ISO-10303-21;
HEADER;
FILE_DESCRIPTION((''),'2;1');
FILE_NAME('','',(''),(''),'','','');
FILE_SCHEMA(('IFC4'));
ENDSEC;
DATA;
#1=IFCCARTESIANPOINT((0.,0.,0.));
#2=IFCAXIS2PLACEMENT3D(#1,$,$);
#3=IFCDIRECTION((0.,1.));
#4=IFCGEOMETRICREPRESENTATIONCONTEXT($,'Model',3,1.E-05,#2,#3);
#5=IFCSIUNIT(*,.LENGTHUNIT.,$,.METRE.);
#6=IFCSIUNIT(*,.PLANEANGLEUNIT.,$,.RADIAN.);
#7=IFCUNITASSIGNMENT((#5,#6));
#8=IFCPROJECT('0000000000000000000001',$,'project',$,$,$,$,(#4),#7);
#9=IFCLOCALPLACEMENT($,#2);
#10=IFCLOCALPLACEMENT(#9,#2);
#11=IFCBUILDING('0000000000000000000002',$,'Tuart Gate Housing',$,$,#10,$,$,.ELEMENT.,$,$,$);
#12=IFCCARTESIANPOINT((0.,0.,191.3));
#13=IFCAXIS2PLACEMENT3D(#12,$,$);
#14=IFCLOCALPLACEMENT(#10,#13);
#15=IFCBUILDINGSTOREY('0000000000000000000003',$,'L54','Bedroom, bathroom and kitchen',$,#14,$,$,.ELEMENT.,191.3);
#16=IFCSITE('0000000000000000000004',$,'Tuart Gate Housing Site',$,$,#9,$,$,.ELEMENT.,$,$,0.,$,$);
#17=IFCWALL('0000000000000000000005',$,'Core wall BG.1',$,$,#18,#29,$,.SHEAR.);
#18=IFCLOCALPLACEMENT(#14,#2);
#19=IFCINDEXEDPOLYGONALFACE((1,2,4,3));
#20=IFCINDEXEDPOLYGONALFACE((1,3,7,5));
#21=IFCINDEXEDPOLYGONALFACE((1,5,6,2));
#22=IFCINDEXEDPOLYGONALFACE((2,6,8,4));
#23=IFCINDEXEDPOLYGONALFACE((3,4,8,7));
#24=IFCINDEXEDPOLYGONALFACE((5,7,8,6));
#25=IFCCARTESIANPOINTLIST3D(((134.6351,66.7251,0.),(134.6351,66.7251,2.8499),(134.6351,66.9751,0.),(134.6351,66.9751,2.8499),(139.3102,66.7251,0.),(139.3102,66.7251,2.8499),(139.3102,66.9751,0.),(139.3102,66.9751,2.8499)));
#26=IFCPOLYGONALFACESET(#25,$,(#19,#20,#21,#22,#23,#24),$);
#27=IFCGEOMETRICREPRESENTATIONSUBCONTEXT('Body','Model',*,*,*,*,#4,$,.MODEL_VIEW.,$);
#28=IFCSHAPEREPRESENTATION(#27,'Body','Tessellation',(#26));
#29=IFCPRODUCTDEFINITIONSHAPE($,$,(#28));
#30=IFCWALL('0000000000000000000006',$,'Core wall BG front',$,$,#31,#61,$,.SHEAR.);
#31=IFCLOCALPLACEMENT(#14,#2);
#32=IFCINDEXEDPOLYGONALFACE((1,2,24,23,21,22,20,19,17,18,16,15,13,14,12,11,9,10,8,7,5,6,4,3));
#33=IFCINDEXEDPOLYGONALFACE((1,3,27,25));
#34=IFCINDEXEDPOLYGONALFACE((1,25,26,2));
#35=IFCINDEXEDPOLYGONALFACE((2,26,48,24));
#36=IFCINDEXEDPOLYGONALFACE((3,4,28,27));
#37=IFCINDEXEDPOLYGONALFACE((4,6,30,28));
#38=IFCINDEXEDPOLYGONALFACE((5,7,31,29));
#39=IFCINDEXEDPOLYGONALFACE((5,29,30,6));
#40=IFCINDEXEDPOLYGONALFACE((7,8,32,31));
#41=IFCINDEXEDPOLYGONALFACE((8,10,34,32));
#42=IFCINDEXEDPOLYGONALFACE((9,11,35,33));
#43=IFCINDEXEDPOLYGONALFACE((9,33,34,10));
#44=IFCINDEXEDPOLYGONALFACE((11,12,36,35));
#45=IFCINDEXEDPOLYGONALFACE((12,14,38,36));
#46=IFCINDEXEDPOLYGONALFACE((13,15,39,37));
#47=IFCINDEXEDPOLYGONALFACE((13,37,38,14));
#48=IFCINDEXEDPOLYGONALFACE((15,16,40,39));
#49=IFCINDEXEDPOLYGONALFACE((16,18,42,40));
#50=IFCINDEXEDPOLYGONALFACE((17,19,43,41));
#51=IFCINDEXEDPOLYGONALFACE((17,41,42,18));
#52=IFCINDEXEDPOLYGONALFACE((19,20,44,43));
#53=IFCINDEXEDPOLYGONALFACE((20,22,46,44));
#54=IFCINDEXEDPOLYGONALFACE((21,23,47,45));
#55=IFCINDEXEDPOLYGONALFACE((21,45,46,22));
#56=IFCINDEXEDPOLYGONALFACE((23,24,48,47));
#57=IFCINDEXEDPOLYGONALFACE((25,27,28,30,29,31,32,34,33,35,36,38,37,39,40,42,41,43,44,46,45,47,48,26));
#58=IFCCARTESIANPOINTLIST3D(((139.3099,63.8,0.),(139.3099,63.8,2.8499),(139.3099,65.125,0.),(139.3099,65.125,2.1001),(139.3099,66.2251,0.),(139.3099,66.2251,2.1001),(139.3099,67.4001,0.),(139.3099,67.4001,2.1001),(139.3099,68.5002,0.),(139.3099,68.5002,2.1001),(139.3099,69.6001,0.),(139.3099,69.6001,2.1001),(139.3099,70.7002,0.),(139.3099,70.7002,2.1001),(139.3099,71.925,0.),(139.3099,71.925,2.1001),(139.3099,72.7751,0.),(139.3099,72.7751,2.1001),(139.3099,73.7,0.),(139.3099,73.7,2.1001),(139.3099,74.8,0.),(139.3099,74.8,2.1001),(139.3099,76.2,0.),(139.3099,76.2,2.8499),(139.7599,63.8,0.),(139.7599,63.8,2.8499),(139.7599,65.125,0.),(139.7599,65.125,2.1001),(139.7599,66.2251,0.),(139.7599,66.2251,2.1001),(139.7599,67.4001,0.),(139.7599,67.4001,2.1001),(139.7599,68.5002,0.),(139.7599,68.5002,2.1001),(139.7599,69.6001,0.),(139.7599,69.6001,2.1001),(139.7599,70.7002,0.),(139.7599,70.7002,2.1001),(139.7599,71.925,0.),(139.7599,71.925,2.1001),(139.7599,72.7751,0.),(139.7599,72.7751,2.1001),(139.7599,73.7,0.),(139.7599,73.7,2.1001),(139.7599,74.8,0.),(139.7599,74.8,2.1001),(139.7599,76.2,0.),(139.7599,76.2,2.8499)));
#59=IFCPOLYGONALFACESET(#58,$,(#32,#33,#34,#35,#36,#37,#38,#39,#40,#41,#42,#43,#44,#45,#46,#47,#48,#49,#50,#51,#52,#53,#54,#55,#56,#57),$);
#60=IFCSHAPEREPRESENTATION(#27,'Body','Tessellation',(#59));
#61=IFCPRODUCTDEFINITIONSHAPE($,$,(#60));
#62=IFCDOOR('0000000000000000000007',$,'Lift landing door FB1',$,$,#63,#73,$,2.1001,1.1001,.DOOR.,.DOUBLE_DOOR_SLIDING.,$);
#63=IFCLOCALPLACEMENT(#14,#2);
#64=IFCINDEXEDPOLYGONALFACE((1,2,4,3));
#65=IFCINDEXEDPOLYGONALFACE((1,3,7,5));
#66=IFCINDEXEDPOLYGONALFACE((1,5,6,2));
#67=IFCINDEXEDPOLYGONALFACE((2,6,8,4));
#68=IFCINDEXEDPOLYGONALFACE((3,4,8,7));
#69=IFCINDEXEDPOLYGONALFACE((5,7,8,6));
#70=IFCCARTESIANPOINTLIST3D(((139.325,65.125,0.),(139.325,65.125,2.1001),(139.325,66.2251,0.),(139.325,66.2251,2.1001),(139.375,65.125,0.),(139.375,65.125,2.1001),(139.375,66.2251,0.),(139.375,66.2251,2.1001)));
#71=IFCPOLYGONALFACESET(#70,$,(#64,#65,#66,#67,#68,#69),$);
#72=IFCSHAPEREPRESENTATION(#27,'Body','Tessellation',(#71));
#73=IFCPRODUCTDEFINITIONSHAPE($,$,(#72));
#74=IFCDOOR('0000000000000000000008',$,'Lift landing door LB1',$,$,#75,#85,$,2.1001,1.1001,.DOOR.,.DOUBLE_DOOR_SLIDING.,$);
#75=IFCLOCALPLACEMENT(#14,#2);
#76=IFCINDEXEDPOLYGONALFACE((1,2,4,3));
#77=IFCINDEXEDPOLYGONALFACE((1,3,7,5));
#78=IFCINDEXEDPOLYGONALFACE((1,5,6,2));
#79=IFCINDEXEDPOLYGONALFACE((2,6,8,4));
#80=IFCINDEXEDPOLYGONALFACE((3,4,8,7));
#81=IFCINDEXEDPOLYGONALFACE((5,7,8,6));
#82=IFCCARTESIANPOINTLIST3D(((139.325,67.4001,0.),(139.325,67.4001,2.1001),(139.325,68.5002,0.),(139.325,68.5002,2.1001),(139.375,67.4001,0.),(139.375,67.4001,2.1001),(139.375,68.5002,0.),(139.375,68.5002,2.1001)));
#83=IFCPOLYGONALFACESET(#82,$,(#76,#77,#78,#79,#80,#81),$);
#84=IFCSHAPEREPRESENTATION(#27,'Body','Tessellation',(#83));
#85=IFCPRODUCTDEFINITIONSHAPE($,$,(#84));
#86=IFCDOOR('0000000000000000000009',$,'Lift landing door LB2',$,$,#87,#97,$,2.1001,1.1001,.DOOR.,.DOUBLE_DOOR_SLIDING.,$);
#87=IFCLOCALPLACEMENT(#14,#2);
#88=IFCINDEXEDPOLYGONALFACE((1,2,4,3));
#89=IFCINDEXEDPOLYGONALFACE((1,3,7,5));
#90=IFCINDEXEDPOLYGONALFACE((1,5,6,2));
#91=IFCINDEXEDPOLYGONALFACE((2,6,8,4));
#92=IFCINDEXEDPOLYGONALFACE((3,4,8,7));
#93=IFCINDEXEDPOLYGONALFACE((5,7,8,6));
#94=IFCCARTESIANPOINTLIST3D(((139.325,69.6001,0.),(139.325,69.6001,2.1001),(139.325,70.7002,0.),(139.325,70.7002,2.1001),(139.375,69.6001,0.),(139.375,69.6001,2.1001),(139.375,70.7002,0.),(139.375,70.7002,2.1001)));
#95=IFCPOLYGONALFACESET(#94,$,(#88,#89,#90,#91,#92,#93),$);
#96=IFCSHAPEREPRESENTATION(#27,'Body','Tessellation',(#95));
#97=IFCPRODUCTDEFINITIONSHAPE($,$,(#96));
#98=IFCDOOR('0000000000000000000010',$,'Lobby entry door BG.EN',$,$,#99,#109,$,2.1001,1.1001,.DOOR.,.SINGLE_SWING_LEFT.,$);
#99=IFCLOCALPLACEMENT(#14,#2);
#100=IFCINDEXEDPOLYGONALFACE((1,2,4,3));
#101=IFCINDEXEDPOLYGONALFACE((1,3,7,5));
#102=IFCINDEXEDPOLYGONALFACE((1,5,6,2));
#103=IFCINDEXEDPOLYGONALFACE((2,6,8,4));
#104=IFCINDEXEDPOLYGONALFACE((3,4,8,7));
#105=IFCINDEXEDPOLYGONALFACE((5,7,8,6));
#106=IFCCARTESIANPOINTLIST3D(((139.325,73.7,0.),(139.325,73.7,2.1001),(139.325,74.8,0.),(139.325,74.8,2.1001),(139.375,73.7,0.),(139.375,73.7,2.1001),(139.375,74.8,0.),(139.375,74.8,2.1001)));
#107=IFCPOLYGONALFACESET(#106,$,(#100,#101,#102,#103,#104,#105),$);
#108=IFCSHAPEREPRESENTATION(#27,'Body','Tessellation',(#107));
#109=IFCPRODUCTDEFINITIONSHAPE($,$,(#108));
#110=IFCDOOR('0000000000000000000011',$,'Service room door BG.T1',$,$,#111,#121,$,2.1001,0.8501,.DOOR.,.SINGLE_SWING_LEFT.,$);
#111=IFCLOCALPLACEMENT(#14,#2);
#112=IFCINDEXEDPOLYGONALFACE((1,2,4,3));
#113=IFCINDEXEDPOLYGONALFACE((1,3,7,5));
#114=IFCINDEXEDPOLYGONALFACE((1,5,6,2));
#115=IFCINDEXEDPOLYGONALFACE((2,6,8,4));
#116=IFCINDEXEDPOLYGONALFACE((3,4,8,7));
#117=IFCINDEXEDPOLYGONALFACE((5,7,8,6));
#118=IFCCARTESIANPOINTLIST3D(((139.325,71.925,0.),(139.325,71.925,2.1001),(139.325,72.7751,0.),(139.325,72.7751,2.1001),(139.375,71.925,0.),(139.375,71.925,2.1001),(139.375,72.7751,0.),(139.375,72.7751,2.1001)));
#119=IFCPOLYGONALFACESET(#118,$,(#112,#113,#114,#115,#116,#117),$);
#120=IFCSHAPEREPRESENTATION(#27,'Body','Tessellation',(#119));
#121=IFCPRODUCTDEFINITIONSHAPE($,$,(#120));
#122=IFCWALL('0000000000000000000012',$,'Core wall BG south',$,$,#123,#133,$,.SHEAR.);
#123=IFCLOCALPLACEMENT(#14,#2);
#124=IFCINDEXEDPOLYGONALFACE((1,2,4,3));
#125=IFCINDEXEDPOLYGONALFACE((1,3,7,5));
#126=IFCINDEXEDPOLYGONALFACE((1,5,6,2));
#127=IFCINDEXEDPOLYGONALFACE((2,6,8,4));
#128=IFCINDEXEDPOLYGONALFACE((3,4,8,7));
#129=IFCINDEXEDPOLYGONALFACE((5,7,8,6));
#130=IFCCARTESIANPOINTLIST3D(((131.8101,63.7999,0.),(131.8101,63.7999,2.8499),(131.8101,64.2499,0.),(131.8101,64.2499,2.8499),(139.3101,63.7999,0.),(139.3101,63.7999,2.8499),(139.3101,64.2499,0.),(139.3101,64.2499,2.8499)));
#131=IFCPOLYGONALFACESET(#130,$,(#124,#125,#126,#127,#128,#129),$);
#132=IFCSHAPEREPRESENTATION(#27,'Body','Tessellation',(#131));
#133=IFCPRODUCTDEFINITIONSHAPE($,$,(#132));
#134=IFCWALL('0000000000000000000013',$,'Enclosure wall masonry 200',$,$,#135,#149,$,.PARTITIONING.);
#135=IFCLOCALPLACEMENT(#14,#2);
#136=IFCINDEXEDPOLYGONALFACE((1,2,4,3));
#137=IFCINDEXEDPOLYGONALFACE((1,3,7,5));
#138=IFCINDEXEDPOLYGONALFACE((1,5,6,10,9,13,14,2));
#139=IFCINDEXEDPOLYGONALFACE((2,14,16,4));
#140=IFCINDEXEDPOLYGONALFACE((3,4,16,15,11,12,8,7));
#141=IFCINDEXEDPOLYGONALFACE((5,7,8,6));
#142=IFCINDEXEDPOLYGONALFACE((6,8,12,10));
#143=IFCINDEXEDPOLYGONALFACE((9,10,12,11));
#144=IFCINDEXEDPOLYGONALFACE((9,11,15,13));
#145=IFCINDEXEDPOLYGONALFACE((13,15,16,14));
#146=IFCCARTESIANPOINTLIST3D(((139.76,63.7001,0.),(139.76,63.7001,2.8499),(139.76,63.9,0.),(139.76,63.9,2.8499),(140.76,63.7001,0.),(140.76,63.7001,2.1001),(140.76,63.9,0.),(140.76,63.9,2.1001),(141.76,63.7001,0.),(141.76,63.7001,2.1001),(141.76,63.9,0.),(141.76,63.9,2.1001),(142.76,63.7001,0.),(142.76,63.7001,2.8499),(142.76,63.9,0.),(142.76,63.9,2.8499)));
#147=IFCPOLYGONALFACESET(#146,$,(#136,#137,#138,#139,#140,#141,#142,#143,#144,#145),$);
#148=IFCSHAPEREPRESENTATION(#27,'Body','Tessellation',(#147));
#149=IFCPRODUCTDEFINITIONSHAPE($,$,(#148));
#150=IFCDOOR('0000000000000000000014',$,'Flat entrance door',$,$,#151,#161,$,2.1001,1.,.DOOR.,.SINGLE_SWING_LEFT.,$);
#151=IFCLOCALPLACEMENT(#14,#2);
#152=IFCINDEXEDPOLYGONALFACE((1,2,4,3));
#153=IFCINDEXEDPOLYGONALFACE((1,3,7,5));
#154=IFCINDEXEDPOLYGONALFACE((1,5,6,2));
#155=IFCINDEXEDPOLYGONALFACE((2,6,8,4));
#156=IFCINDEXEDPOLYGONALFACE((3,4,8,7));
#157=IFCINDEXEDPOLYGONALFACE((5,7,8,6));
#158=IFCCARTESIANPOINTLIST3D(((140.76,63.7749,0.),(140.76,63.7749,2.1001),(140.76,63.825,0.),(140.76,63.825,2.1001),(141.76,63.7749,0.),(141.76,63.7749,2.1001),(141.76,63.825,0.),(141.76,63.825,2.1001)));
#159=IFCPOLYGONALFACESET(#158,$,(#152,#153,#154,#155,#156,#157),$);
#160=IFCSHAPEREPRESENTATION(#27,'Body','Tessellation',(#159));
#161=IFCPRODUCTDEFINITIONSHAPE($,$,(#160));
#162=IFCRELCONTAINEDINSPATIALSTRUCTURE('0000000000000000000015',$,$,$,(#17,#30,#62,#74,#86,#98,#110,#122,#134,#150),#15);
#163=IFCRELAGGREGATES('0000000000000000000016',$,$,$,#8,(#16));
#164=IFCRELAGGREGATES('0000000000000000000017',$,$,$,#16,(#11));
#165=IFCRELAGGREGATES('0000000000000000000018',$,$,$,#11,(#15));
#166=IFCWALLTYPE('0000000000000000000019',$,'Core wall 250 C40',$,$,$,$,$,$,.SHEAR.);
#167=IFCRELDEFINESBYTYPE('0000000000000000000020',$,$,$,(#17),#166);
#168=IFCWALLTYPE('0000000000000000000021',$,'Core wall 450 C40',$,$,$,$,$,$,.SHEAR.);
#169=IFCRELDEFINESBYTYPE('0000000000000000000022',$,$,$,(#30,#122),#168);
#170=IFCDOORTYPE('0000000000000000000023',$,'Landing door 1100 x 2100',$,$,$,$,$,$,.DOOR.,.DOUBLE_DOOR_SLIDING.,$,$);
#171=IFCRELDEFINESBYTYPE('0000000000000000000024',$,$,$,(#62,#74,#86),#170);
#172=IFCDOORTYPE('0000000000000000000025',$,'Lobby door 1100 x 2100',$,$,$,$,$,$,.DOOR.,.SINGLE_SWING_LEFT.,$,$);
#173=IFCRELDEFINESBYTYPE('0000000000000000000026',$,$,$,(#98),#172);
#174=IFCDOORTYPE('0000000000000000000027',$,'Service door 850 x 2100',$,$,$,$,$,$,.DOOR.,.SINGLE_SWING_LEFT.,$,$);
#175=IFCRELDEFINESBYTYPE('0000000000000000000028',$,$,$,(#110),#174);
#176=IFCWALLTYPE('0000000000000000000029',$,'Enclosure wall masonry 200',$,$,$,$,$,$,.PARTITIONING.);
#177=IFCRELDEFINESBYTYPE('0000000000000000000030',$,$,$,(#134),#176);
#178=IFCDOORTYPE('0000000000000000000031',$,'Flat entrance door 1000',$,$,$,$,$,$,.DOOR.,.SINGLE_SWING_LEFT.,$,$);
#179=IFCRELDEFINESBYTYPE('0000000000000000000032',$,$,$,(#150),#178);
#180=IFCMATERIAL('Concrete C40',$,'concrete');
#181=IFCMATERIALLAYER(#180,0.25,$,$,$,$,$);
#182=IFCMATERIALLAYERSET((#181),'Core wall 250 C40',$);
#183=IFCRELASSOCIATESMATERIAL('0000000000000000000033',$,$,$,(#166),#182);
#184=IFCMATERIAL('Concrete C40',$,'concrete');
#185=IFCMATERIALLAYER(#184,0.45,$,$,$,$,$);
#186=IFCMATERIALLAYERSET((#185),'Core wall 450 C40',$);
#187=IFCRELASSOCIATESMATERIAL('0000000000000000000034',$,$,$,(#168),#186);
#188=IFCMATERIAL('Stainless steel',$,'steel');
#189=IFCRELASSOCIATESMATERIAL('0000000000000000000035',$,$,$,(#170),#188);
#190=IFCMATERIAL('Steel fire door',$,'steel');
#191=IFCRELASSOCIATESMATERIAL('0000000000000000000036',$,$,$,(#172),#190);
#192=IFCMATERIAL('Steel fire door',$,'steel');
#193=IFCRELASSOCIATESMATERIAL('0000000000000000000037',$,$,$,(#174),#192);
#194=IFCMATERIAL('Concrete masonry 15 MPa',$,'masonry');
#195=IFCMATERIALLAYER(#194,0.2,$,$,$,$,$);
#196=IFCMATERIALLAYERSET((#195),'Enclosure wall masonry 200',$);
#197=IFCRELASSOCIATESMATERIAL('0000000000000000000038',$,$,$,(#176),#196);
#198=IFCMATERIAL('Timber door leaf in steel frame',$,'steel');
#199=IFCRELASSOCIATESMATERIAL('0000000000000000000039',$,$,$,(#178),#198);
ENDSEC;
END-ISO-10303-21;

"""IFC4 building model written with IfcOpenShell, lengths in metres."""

from ifc_helpers import new_model, si_unit, direction, frame, frame_2d, origin, place, context, subcontext, project, spatial, rectangle, extrude, material, layer, layer_set, type_object, element, fill, save


model = new_model("IFC4")

# Units and contexts
model_context = context("Model", 3, precision=1e-05, world=origin(), true_north=direction((0.0, 1.0)))
body_context = subcontext(model_context, "Body", "Model", "MODEL_VIEW")
ifc_project = project(units=[si_unit("LENGTHUNIT", "METRE"), si_unit("PLANEANGLEUNIT", "RADIAN")], contexts=[model_context])

# Site, building, storey
site_placement = place(None, origin())
site = spatial("IfcSite", under=ifc_project, at=site_placement, Name="Tuart Gate Housing Site", CompositionType="ELEMENT", RefElevation=0.0)
building_placement = place(site_placement, origin())
building = spatial("IfcBuilding", under=site, at=building_placement, Name="Tuart Gate Housing", CompositionType="ELEMENT")
storey_placement = place(building_placement, frame((0.0, 0.0, 191.3)))
storey = spatial("IfcBuildingStorey", under=building, at=storey_placement, Name="L54", Description="Bedroom, bathroom and kitchen", CompositionType="ELEMENT", Elevation=191.3)

# Wall
ifc_material_1 = material(Name="Concrete C40", Category="concrete")
ifc_layer_1 = layer(ifc_material_1, 0.25)
ifc_layer_set_1 = layer_set([ifc_layer_1], Name="Core wall 250 C40")
wall_type_1 = type_object("IfcWallType", Name="Core wall 250 C40", PredefinedType="SHEAR", material=ifc_layer_set_1)
wall_1_placement = place(storey_placement, frame((139.3101, 66.8501, 0.0), z_axis=(0.0, 0.0, 1.0), x_axis=(-1.0, 0.0, 0.0)))
element("IfcWall", 1, at=wall_1_placement, inside=storey, type_object=wall_type_1, Name="Core wall BG.1", PredefinedType="SHEAR", context=body_context, shape_type="SweptSolid", body=[
    extrude(rectangle(XDim=4.675, YDim=0.25, at=frame_2d((2.3374, 0.0))), origin(), (0.0, 0.0, 1.0), 2.8499),
])

# Wall, openings, doors
ifc_material_2 = material(Name="Concrete C40", Category="concrete")
ifc_layer_2 = layer(ifc_material_2, 0.45)
ifc_layer_set_2 = layer_set([ifc_layer_2], Name="Core wall 450 C40")
wall_type_2 = type_object("IfcWallType", Name="Core wall 450 C40", PredefinedType="SHEAR", material=ifc_layer_set_2)
wall_2_placement = place(storey_placement, frame((139.5349, 63.8, 0.0), z_axis=(0.0, 0.0, 1.0), x_axis=(0.0, 1.0, 0.0)))
wall_2 = element("IfcWall", 2, at=wall_2_placement, inside=storey, type_object=wall_type_2, Name="Core wall BG front", PredefinedType="SHEAR", context=body_context, shape_type="SweptSolid", body=[
    extrude(rectangle(XDim=12.3999, YDim=0.45, at=frame_2d((6.2, 0.0))), origin(), (0.0, 0.0, 1.0), 2.8499),
])
opening_1_placement = place(wall_2_placement, frame((1.325, 0.0, 0.0)))
opening_1 = element("IfcOpeningElement", 3, at=opening_1_placement, cuts=wall_2, PredefinedType="OPENING", context=body_context, shape_type="SweptSolid", body=[
    extrude(rectangle(XDim=1.1001, YDim=2.1001, at=frame_2d((0.55, 1.05))), frame((0.0, 0.2349, 0.0), z_axis=(0.0, -1.0, 0.0), x_axis=(1.0, 0.0, 0.0)), (0.0, 0.0, 1.0), 0.47),
])
opening_2_placement = place(wall_2_placement, frame((3.6001, 0.0, 0.0)))
opening_2 = element("IfcOpeningElement", 4, at=opening_2_placement, cuts=wall_2, PredefinedType="OPENING", context=body_context, shape_type="SweptSolid", body=[
    extrude(rectangle(XDim=1.1001, YDim=2.1001, at=frame_2d((0.55, 1.05))), frame((0.0, 0.2349, 0.0), z_axis=(0.0, -1.0, 0.0), x_axis=(1.0, 0.0, 0.0)), (0.0, 0.0, 1.0), 0.47),
])
opening_3_placement = place(wall_2_placement, frame((5.8, 0.0, 0.0)))
opening_3 = element("IfcOpeningElement", 5, at=opening_3_placement, cuts=wall_2, PredefinedType="OPENING", context=body_context, shape_type="SweptSolid", body=[
    extrude(rectangle(XDim=1.1001, YDim=2.1001, at=frame_2d((0.55, 1.05))), frame((0.0, 0.2349, 0.0), z_axis=(0.0, -1.0, 0.0), x_axis=(1.0, 0.0, 0.0)), (0.0, 0.0, 1.0), 0.47),
])
opening_4_placement = place(wall_2_placement, frame((9.8999, 0.0, 0.0)))
opening_4 = element("IfcOpeningElement", 6, at=opening_4_placement, cuts=wall_2, PredefinedType="OPENING", context=body_context, shape_type="SweptSolid", body=[
    extrude(rectangle(XDim=1.1001, YDim=2.1001, at=frame_2d((0.55, 1.05))), frame((0.0, 0.2349, 0.0), z_axis=(0.0, -1.0, 0.0), x_axis=(1.0, 0.0, 0.0)), (0.0, 0.0, 1.0), 0.47),
])
opening_5_placement = place(wall_2_placement, frame((8.125, 0.0, 0.0)))
opening_5 = element("IfcOpeningElement", 7, at=opening_5_placement, cuts=wall_2, PredefinedType="OPENING", context=body_context, shape_type="SweptSolid", body=[
    extrude(rectangle(XDim=0.8501, YDim=2.1001, at=frame_2d((0.425, 1.05))), frame((0.0, 0.2349, 0.0), z_axis=(0.0, -1.0, 0.0), x_axis=(1.0, 0.0, 0.0)), (0.0, 0.0, 1.0), 0.47),
])
ifc_material_3 = material(Name="Stainless steel", Category="steel")
door_type_1 = type_object("IfcDoorType", Name="Landing door 1100 x 2100", OperationType="DOUBLE_DOOR_SLIDING", PredefinedType="DOOR", material=ifc_material_3)
door_1_placement = place(opening_1_placement, origin())
door_1 = element("IfcDoor", 8, at=door_1_placement, inside=storey, type_object=door_type_1, Name="Lift landing door FB1", OperationType="DOUBLE_DOOR_SLIDING", OverallHeight=2.1001, OverallWidth=1.1001, PredefinedType="DOOR", context=body_context, shape_type="SweptSolid", body=[
    extrude(rectangle(XDim=1.1001, YDim=2.1001, at=frame_2d((0.55, 1.05))), frame((0.0, 0.21, 0.0), z_axis=(0.0, -1.0, 0.0), x_axis=(1.0, 0.0, 0.0)), (0.0, 0.0, 1.0), 0.05),
])
fill(opening_1, door_1)
door_2_placement = place(opening_2_placement, origin())
door_2 = element("IfcDoor", 9, at=door_2_placement, inside=storey, type_object=door_type_1, Name="Lift landing door LB1", OperationType="DOUBLE_DOOR_SLIDING", OverallHeight=2.1001, OverallWidth=1.1001, PredefinedType="DOOR", context=body_context, shape_type="SweptSolid", body=[
    extrude(rectangle(XDim=1.1001, YDim=2.1001, at=frame_2d((0.55, 1.05))), frame((0.0, 0.21, 0.0), z_axis=(0.0, -1.0, 0.0), x_axis=(1.0, 0.0, 0.0)), (0.0, 0.0, 1.0), 0.05),
])
fill(opening_2, door_2)
door_3_placement = place(opening_3_placement, origin())
door_3 = element("IfcDoor", 10, at=door_3_placement, inside=storey, type_object=door_type_1, Name="Lift landing door LB2", OperationType="DOUBLE_DOOR_SLIDING", OverallHeight=2.1001, OverallWidth=1.1001, PredefinedType="DOOR", context=body_context, shape_type="SweptSolid", body=[
    extrude(rectangle(XDim=1.1001, YDim=2.1001, at=frame_2d((0.55, 1.05))), frame((0.0, 0.21, 0.0), z_axis=(0.0, -1.0, 0.0), x_axis=(1.0, 0.0, 0.0)), (0.0, 0.0, 1.0), 0.05),
])
fill(opening_3, door_3)
ifc_material_4 = material(Name="Steel fire door", Category="steel")
door_type_2 = type_object("IfcDoorType", Name="Lobby door 1100 x 2100", OperationType="SINGLE_SWING_LEFT", PredefinedType="DOOR", material=ifc_material_4)
door_4_placement = place(opening_4_placement, origin())
door_4 = element("IfcDoor", 11, at=door_4_placement, inside=storey, type_object=door_type_2, Name="Lobby entry door BG.EN", OperationType="SINGLE_SWING_LEFT", OverallHeight=2.1001, OverallWidth=1.1001, PredefinedType="DOOR", context=body_context, shape_type="SweptSolid", body=[
    extrude(rectangle(XDim=1.1001, YDim=2.1001, at=frame_2d((0.55, 1.05))), frame((0.0, 0.21, 0.0), z_axis=(0.0, -1.0, 0.0), x_axis=(1.0, 0.0, 0.0)), (0.0, 0.0, 1.0), 0.05),
])
fill(opening_4, door_4)
ifc_material_5 = material(Name="Steel fire door", Category="steel")
door_type_3 = type_object("IfcDoorType", Name="Service door 850 x 2100", OperationType="SINGLE_SWING_LEFT", PredefinedType="DOOR", material=ifc_material_5)
door_5_placement = place(opening_5_placement, origin())
door_5 = element("IfcDoor", 12, at=door_5_placement, inside=storey, type_object=door_type_3, Name="Service room door BG.T1", OperationType="SINGLE_SWING_LEFT", OverallHeight=2.1001, OverallWidth=0.8501, PredefinedType="DOOR", context=body_context, shape_type="SweptSolid", body=[
    extrude(rectangle(XDim=0.8501, YDim=2.1001, at=frame_2d((0.425, 1.05))), frame((0.0, 0.21, 0.0), z_axis=(0.0, -1.0, 0.0), x_axis=(1.0, 0.0, 0.0)), (0.0, 0.0, 1.0), 0.05),
])
fill(opening_5, door_5)

# Wall
wall_3_placement = place(storey_placement, frame((139.3101, 64.0249, 0.0), z_axis=(0.0, 0.0, 1.0), x_axis=(-1.0, 0.0, 0.0)))
element("IfcWall", 13, at=wall_3_placement, inside=storey, type_object=wall_type_2, Name="Core wall BG south", PredefinedType="SHEAR", context=body_context, shape_type="SweptSolid", body=[
    extrude(rectangle(XDim=7.5, YDim=0.45, at=frame_2d((3.75, 0.0))), origin(), (0.0, 0.0, 1.0), 2.8499),
])

# Wall, opening, door
ifc_material_6 = material(Name="Concrete masonry 15 MPa", Category="masonry")
ifc_layer_3 = layer(ifc_material_6, 0.2)
ifc_layer_set_3 = layer_set([ifc_layer_3], Name="Enclosure wall masonry 200")
wall_type_3 = type_object("IfcWallType", Name="Enclosure wall masonry 200", PredefinedType="PARTITIONING", material=ifc_layer_set_3)
wall_4_placement = place(storey_placement, frame((139.76, 63.8, 0.0), z_axis=(0.0, 0.0, 1.0), x_axis=(1.0, 0.0, 0.0)))
wall_4 = element("IfcWall", 14, at=wall_4_placement, inside=storey, type_object=wall_type_3, Name="Enclosure wall masonry 200", PredefinedType="PARTITIONING", context=body_context, shape_type="SweptSolid", body=[
    extrude(rectangle(XDim=3.0, YDim=0.2, at=frame_2d((1.5, 0.0))), origin(), (0.0, 0.0, 1.0), 2.8499),
])
opening_6_placement = place(wall_4_placement, frame((1.0, 0.0, 0.0)))
opening_6 = element("IfcOpeningElement", 15, at=opening_6_placement, cuts=wall_4, PredefinedType="OPENING", context=body_context, shape_type="SweptSolid", body=[
    extrude(rectangle(XDim=1.0, YDim=2.1001, at=frame_2d((0.5, 1.05))), frame((0.0, 0.1099, 0.0), z_axis=(0.0, -1.0, 0.0), x_axis=(1.0, 0.0, 0.0)), (0.0, 0.0, 1.0), 0.22),
])
ifc_material_7 = material(Name="Timber door leaf in steel frame", Category="steel")
door_type_4 = type_object("IfcDoorType", Name="Flat entrance door 1000", OperationType="SINGLE_SWING_LEFT", PredefinedType="DOOR", material=ifc_material_7)
door_6_placement = place(opening_6_placement, frame((1.0, 0.0, 0.0), z_axis=(0.0, 0.0, 1.0), x_axis=(-1.0, 0.0, 0.0)))
door_6 = element("IfcDoor", 16, at=door_6_placement, inside=storey, type_object=door_type_4, Name="Flat entrance door", OperationType="SINGLE_SWING_LEFT", OverallHeight=2.1001, OverallWidth=1.0, PredefinedType="DOOR", context=body_context, shape_type="SweptSolid", body=[
    extrude(rectangle(XDim=1.0, YDim=2.1001, at=frame_2d((0.5, 1.05))), frame((0.0, 0.0251, 0.0), z_axis=(0.0, -1.0, 0.0), x_axis=(1.0, 0.0, 0.0)), (0.0, 0.0, 1.0), 0.05),
])
fill(opening_6, door_6)

save(model, "model.ifc")
